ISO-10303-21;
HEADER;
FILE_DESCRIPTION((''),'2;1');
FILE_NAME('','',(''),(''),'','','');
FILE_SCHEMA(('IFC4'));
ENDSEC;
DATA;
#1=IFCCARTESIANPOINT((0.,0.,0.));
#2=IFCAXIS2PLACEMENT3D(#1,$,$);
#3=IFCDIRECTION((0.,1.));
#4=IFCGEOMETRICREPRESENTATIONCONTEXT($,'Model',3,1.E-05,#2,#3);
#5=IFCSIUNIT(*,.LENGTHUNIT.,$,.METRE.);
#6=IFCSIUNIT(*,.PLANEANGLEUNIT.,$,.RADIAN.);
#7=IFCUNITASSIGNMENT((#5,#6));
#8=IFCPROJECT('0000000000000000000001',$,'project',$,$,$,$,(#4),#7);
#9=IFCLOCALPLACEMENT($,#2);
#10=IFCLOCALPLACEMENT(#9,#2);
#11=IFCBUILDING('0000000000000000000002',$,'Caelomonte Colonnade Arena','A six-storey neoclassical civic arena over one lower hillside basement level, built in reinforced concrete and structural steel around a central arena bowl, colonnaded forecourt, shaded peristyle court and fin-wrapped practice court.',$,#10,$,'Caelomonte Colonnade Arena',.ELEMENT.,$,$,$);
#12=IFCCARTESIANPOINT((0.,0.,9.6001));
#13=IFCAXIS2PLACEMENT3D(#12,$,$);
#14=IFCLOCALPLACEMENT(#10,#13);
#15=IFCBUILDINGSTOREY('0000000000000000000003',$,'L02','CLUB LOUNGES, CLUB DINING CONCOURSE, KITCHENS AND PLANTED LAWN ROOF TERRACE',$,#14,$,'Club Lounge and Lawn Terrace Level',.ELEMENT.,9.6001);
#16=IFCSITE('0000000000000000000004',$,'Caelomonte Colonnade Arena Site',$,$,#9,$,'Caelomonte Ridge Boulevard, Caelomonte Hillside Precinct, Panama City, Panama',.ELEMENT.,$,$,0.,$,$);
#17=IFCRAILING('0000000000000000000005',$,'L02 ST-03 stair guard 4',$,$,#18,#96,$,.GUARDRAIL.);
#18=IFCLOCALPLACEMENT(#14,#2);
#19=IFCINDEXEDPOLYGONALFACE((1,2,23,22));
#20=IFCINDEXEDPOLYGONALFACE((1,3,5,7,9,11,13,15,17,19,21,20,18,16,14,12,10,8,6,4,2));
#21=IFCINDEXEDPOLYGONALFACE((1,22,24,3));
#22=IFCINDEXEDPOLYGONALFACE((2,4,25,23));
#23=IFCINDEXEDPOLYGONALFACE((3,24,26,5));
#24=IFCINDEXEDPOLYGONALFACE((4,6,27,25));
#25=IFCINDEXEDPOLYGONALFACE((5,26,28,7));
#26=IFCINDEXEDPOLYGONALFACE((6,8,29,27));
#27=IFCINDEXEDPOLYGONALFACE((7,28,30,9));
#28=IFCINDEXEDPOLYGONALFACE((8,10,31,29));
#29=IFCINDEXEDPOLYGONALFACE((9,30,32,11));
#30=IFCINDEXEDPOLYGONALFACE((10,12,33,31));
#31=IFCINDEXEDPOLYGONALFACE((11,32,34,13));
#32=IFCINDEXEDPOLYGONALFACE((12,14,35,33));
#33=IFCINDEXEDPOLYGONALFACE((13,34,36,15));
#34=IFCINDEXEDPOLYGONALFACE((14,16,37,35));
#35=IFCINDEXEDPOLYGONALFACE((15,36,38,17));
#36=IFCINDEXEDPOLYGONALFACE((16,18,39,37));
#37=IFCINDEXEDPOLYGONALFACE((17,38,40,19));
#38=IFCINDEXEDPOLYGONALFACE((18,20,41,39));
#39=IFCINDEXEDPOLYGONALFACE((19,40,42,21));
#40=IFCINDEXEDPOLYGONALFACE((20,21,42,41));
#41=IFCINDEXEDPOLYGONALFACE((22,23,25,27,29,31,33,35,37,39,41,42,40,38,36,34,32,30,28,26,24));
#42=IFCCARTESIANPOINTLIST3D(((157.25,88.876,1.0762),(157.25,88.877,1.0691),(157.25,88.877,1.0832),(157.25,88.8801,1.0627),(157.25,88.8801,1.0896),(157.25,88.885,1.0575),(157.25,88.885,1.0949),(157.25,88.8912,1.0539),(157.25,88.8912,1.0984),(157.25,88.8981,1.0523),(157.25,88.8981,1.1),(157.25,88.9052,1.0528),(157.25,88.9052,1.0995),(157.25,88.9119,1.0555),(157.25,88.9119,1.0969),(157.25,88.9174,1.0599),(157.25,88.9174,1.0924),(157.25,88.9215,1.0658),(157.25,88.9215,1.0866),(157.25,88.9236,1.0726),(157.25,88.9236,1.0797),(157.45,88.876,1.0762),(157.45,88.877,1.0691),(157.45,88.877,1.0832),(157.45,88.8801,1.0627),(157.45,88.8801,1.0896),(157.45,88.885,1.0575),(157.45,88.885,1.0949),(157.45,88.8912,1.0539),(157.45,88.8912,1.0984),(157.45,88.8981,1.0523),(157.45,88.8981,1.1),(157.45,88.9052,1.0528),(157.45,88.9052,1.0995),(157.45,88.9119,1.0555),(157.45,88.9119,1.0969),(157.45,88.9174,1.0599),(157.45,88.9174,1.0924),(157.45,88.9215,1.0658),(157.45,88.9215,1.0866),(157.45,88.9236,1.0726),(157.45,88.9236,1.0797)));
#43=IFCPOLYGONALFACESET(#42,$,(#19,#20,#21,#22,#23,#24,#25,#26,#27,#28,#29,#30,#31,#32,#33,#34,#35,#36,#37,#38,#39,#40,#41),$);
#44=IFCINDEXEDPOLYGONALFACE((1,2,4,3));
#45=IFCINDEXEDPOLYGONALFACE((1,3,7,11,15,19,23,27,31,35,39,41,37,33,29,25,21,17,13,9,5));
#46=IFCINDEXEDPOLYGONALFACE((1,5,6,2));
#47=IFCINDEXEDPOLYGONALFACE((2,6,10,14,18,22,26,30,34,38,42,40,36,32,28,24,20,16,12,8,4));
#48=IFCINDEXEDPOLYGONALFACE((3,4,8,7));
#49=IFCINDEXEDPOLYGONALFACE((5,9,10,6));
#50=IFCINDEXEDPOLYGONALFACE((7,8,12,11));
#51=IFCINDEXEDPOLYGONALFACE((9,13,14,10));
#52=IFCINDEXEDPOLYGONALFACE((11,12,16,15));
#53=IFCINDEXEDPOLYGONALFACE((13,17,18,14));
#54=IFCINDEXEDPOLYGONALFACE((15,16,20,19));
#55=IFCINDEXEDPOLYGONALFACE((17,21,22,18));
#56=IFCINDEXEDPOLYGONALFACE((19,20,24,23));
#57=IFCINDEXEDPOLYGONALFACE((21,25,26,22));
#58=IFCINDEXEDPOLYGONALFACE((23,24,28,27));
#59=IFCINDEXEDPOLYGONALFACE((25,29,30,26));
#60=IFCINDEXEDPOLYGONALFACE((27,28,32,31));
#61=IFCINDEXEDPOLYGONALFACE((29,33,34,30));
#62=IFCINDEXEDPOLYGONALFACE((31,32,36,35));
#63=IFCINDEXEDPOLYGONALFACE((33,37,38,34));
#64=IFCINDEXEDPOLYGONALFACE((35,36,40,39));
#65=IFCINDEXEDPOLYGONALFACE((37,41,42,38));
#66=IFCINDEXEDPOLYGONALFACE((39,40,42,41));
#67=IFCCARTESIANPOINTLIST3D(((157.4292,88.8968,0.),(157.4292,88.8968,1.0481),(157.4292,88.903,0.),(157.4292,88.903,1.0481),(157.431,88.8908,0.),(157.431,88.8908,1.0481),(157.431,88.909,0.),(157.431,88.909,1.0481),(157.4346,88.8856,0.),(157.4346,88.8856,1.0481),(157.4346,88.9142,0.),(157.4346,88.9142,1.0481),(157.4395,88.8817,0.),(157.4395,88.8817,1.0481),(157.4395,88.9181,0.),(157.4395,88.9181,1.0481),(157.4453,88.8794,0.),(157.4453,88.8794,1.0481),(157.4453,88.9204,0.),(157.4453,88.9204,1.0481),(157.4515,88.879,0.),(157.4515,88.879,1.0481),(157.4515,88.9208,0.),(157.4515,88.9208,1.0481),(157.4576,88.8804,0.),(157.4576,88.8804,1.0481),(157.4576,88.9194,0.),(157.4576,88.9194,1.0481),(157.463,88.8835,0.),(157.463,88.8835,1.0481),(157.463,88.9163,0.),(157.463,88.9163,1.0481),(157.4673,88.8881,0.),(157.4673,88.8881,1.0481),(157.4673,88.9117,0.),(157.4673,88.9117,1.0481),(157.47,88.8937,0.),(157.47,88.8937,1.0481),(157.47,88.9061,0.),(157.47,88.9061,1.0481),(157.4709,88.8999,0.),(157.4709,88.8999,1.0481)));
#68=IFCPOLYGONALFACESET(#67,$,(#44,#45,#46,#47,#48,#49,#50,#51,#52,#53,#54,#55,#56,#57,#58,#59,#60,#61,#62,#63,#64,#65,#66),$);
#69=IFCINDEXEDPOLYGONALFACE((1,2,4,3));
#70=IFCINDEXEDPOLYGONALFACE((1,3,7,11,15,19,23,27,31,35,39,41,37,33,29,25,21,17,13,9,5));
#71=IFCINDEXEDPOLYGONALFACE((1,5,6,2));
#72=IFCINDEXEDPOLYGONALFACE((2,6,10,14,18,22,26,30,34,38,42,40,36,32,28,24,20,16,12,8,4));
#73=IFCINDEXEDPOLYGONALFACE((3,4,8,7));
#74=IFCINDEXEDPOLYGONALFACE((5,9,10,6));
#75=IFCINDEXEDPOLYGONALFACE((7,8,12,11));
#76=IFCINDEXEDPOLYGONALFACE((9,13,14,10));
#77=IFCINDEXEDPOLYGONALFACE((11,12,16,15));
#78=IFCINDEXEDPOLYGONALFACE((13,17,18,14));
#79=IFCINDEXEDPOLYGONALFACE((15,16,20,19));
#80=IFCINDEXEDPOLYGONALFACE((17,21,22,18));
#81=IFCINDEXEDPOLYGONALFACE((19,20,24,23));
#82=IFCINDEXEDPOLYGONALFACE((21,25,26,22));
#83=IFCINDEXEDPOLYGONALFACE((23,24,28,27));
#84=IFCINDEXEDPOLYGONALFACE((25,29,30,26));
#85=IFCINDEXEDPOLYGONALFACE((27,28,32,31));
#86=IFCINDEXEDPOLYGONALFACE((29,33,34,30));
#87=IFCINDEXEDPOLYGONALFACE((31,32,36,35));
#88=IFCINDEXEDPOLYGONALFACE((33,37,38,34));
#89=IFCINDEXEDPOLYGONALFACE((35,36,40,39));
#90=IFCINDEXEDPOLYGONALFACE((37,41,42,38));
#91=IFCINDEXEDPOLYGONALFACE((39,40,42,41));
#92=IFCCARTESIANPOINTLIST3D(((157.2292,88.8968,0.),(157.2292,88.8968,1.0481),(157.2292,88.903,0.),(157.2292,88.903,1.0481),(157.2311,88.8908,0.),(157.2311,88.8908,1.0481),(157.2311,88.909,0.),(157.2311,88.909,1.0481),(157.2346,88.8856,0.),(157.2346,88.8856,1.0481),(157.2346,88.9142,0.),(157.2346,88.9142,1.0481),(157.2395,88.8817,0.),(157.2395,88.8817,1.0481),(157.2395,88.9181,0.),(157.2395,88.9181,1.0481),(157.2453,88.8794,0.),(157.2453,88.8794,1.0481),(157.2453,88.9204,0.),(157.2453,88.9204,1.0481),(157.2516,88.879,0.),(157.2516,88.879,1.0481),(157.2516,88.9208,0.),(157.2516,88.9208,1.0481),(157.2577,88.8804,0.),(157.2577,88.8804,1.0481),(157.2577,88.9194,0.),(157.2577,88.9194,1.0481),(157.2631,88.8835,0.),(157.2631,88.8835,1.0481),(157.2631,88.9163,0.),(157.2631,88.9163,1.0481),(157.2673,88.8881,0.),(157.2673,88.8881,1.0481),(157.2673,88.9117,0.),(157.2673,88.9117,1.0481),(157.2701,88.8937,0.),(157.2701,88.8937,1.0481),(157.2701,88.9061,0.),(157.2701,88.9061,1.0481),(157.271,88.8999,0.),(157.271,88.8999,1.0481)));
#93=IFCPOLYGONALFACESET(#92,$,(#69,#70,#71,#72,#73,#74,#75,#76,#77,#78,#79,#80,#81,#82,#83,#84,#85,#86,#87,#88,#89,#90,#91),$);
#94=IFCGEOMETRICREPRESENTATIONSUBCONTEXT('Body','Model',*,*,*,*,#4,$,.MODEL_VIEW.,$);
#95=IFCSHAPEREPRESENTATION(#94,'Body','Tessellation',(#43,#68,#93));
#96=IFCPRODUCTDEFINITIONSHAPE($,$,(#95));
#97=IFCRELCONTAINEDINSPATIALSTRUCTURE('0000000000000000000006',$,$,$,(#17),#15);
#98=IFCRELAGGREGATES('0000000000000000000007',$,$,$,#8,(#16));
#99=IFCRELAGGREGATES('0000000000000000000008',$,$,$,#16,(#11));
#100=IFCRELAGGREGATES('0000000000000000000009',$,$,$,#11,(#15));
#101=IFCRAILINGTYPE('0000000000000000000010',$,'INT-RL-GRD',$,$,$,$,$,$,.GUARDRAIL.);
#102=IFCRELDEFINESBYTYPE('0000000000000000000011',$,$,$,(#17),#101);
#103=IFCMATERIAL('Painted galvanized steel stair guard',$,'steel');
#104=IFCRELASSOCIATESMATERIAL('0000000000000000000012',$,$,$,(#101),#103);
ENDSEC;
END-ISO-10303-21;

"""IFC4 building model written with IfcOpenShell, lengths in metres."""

from ifc_helpers import new_model, si_unit, direction, frame, origin, origin_2d, place, context, subcontext, project, spatial, circle, extrude, material, type_object, element, save


model = new_model("IFC4")

# Units and contexts
model_context = context("Model", 3, precision=1e-05, world=origin(), true_north=direction((0.0, 1.0)))
body_context = subcontext(model_context, "Body", "Model", "MODEL_VIEW")
ifc_project = project(units=[si_unit("LENGTHUNIT", "METRE"), si_unit("PLANEANGLEUNIT", "RADIAN")], contexts=[model_context])

# Site, building, storey
site_placement = place(None, origin())
site = spatial("IfcSite", under=ifc_project, at=site_placement, Name="Caelomonte Colonnade Arena Site", LongName="Caelomonte Ridge Boulevard, Caelomonte Hillside Precinct, Panama City, Panama", CompositionType="ELEMENT", RefElevation=0.0)
building_placement = place(site_placement, origin())
building = spatial("IfcBuilding", under=site, at=building_placement, Name="Caelomonte Colonnade Arena", Description="A six-storey neoclassical civic arena over one lower hillside basement level, built in reinforced concrete and structural steel around a central arena bowl, colonnaded forecourt, shaded peristyle court and fin-wrapped practice court.", LongName="Caelomonte Colonnade Arena", CompositionType="ELEMENT")
storey_placement = place(building_placement, frame((0.0, 0.0, 9.6001)))
storey = spatial("IfcBuildingStorey", under=building, at=storey_placement, Name="L02", Description="CLUB LOUNGES, CLUB DINING CONCOURSE, KITCHENS AND PLANTED LAWN ROOF TERRACE", LongName="Club Lounge and Lawn Terrace Level", CompositionType="ELEMENT", Elevation=9.6001)

# Railing
ifc_material_1 = material(Name="Painted galvanized steel stair guard", Category="steel")
railing_type_1 = type_object("IfcRailingType", Name="INT-RL-GRD", PredefinedType="GUARDRAIL", material=ifc_material_1)
railing_1_placement = place(storey_placement, frame((157.45, 88.8999, 0.0)))
element("IfcRailing", 1, at=railing_1_placement, inside=storey, type_object=railing_type_1, Name="L02 ST-03 stair guard 4", PredefinedType="GUARDRAIL", context=body_context, shape_type="SweptSolid", body=[
    extrude(circle(Radius=0.0239, at=origin_2d()), frame((0.0, 0.0, 1.0762), z_axis=(-1.0, 0.0, 0.0), x_axis=(0.0, -1.0, 0.0)), (0.0, 0.0, 1.0), 0.2),
    extrude(circle(Radius=0.021, at=origin_2d()), origin(), (0.0, 0.0, 1.0), 1.0481),
    extrude(circle(Radius=0.021, at=origin_2d()), frame((-0.2, 0.0, 0.0)), (0.0, 0.0, 1.0), 1.0481),
])

save(model, "model.ifc")
